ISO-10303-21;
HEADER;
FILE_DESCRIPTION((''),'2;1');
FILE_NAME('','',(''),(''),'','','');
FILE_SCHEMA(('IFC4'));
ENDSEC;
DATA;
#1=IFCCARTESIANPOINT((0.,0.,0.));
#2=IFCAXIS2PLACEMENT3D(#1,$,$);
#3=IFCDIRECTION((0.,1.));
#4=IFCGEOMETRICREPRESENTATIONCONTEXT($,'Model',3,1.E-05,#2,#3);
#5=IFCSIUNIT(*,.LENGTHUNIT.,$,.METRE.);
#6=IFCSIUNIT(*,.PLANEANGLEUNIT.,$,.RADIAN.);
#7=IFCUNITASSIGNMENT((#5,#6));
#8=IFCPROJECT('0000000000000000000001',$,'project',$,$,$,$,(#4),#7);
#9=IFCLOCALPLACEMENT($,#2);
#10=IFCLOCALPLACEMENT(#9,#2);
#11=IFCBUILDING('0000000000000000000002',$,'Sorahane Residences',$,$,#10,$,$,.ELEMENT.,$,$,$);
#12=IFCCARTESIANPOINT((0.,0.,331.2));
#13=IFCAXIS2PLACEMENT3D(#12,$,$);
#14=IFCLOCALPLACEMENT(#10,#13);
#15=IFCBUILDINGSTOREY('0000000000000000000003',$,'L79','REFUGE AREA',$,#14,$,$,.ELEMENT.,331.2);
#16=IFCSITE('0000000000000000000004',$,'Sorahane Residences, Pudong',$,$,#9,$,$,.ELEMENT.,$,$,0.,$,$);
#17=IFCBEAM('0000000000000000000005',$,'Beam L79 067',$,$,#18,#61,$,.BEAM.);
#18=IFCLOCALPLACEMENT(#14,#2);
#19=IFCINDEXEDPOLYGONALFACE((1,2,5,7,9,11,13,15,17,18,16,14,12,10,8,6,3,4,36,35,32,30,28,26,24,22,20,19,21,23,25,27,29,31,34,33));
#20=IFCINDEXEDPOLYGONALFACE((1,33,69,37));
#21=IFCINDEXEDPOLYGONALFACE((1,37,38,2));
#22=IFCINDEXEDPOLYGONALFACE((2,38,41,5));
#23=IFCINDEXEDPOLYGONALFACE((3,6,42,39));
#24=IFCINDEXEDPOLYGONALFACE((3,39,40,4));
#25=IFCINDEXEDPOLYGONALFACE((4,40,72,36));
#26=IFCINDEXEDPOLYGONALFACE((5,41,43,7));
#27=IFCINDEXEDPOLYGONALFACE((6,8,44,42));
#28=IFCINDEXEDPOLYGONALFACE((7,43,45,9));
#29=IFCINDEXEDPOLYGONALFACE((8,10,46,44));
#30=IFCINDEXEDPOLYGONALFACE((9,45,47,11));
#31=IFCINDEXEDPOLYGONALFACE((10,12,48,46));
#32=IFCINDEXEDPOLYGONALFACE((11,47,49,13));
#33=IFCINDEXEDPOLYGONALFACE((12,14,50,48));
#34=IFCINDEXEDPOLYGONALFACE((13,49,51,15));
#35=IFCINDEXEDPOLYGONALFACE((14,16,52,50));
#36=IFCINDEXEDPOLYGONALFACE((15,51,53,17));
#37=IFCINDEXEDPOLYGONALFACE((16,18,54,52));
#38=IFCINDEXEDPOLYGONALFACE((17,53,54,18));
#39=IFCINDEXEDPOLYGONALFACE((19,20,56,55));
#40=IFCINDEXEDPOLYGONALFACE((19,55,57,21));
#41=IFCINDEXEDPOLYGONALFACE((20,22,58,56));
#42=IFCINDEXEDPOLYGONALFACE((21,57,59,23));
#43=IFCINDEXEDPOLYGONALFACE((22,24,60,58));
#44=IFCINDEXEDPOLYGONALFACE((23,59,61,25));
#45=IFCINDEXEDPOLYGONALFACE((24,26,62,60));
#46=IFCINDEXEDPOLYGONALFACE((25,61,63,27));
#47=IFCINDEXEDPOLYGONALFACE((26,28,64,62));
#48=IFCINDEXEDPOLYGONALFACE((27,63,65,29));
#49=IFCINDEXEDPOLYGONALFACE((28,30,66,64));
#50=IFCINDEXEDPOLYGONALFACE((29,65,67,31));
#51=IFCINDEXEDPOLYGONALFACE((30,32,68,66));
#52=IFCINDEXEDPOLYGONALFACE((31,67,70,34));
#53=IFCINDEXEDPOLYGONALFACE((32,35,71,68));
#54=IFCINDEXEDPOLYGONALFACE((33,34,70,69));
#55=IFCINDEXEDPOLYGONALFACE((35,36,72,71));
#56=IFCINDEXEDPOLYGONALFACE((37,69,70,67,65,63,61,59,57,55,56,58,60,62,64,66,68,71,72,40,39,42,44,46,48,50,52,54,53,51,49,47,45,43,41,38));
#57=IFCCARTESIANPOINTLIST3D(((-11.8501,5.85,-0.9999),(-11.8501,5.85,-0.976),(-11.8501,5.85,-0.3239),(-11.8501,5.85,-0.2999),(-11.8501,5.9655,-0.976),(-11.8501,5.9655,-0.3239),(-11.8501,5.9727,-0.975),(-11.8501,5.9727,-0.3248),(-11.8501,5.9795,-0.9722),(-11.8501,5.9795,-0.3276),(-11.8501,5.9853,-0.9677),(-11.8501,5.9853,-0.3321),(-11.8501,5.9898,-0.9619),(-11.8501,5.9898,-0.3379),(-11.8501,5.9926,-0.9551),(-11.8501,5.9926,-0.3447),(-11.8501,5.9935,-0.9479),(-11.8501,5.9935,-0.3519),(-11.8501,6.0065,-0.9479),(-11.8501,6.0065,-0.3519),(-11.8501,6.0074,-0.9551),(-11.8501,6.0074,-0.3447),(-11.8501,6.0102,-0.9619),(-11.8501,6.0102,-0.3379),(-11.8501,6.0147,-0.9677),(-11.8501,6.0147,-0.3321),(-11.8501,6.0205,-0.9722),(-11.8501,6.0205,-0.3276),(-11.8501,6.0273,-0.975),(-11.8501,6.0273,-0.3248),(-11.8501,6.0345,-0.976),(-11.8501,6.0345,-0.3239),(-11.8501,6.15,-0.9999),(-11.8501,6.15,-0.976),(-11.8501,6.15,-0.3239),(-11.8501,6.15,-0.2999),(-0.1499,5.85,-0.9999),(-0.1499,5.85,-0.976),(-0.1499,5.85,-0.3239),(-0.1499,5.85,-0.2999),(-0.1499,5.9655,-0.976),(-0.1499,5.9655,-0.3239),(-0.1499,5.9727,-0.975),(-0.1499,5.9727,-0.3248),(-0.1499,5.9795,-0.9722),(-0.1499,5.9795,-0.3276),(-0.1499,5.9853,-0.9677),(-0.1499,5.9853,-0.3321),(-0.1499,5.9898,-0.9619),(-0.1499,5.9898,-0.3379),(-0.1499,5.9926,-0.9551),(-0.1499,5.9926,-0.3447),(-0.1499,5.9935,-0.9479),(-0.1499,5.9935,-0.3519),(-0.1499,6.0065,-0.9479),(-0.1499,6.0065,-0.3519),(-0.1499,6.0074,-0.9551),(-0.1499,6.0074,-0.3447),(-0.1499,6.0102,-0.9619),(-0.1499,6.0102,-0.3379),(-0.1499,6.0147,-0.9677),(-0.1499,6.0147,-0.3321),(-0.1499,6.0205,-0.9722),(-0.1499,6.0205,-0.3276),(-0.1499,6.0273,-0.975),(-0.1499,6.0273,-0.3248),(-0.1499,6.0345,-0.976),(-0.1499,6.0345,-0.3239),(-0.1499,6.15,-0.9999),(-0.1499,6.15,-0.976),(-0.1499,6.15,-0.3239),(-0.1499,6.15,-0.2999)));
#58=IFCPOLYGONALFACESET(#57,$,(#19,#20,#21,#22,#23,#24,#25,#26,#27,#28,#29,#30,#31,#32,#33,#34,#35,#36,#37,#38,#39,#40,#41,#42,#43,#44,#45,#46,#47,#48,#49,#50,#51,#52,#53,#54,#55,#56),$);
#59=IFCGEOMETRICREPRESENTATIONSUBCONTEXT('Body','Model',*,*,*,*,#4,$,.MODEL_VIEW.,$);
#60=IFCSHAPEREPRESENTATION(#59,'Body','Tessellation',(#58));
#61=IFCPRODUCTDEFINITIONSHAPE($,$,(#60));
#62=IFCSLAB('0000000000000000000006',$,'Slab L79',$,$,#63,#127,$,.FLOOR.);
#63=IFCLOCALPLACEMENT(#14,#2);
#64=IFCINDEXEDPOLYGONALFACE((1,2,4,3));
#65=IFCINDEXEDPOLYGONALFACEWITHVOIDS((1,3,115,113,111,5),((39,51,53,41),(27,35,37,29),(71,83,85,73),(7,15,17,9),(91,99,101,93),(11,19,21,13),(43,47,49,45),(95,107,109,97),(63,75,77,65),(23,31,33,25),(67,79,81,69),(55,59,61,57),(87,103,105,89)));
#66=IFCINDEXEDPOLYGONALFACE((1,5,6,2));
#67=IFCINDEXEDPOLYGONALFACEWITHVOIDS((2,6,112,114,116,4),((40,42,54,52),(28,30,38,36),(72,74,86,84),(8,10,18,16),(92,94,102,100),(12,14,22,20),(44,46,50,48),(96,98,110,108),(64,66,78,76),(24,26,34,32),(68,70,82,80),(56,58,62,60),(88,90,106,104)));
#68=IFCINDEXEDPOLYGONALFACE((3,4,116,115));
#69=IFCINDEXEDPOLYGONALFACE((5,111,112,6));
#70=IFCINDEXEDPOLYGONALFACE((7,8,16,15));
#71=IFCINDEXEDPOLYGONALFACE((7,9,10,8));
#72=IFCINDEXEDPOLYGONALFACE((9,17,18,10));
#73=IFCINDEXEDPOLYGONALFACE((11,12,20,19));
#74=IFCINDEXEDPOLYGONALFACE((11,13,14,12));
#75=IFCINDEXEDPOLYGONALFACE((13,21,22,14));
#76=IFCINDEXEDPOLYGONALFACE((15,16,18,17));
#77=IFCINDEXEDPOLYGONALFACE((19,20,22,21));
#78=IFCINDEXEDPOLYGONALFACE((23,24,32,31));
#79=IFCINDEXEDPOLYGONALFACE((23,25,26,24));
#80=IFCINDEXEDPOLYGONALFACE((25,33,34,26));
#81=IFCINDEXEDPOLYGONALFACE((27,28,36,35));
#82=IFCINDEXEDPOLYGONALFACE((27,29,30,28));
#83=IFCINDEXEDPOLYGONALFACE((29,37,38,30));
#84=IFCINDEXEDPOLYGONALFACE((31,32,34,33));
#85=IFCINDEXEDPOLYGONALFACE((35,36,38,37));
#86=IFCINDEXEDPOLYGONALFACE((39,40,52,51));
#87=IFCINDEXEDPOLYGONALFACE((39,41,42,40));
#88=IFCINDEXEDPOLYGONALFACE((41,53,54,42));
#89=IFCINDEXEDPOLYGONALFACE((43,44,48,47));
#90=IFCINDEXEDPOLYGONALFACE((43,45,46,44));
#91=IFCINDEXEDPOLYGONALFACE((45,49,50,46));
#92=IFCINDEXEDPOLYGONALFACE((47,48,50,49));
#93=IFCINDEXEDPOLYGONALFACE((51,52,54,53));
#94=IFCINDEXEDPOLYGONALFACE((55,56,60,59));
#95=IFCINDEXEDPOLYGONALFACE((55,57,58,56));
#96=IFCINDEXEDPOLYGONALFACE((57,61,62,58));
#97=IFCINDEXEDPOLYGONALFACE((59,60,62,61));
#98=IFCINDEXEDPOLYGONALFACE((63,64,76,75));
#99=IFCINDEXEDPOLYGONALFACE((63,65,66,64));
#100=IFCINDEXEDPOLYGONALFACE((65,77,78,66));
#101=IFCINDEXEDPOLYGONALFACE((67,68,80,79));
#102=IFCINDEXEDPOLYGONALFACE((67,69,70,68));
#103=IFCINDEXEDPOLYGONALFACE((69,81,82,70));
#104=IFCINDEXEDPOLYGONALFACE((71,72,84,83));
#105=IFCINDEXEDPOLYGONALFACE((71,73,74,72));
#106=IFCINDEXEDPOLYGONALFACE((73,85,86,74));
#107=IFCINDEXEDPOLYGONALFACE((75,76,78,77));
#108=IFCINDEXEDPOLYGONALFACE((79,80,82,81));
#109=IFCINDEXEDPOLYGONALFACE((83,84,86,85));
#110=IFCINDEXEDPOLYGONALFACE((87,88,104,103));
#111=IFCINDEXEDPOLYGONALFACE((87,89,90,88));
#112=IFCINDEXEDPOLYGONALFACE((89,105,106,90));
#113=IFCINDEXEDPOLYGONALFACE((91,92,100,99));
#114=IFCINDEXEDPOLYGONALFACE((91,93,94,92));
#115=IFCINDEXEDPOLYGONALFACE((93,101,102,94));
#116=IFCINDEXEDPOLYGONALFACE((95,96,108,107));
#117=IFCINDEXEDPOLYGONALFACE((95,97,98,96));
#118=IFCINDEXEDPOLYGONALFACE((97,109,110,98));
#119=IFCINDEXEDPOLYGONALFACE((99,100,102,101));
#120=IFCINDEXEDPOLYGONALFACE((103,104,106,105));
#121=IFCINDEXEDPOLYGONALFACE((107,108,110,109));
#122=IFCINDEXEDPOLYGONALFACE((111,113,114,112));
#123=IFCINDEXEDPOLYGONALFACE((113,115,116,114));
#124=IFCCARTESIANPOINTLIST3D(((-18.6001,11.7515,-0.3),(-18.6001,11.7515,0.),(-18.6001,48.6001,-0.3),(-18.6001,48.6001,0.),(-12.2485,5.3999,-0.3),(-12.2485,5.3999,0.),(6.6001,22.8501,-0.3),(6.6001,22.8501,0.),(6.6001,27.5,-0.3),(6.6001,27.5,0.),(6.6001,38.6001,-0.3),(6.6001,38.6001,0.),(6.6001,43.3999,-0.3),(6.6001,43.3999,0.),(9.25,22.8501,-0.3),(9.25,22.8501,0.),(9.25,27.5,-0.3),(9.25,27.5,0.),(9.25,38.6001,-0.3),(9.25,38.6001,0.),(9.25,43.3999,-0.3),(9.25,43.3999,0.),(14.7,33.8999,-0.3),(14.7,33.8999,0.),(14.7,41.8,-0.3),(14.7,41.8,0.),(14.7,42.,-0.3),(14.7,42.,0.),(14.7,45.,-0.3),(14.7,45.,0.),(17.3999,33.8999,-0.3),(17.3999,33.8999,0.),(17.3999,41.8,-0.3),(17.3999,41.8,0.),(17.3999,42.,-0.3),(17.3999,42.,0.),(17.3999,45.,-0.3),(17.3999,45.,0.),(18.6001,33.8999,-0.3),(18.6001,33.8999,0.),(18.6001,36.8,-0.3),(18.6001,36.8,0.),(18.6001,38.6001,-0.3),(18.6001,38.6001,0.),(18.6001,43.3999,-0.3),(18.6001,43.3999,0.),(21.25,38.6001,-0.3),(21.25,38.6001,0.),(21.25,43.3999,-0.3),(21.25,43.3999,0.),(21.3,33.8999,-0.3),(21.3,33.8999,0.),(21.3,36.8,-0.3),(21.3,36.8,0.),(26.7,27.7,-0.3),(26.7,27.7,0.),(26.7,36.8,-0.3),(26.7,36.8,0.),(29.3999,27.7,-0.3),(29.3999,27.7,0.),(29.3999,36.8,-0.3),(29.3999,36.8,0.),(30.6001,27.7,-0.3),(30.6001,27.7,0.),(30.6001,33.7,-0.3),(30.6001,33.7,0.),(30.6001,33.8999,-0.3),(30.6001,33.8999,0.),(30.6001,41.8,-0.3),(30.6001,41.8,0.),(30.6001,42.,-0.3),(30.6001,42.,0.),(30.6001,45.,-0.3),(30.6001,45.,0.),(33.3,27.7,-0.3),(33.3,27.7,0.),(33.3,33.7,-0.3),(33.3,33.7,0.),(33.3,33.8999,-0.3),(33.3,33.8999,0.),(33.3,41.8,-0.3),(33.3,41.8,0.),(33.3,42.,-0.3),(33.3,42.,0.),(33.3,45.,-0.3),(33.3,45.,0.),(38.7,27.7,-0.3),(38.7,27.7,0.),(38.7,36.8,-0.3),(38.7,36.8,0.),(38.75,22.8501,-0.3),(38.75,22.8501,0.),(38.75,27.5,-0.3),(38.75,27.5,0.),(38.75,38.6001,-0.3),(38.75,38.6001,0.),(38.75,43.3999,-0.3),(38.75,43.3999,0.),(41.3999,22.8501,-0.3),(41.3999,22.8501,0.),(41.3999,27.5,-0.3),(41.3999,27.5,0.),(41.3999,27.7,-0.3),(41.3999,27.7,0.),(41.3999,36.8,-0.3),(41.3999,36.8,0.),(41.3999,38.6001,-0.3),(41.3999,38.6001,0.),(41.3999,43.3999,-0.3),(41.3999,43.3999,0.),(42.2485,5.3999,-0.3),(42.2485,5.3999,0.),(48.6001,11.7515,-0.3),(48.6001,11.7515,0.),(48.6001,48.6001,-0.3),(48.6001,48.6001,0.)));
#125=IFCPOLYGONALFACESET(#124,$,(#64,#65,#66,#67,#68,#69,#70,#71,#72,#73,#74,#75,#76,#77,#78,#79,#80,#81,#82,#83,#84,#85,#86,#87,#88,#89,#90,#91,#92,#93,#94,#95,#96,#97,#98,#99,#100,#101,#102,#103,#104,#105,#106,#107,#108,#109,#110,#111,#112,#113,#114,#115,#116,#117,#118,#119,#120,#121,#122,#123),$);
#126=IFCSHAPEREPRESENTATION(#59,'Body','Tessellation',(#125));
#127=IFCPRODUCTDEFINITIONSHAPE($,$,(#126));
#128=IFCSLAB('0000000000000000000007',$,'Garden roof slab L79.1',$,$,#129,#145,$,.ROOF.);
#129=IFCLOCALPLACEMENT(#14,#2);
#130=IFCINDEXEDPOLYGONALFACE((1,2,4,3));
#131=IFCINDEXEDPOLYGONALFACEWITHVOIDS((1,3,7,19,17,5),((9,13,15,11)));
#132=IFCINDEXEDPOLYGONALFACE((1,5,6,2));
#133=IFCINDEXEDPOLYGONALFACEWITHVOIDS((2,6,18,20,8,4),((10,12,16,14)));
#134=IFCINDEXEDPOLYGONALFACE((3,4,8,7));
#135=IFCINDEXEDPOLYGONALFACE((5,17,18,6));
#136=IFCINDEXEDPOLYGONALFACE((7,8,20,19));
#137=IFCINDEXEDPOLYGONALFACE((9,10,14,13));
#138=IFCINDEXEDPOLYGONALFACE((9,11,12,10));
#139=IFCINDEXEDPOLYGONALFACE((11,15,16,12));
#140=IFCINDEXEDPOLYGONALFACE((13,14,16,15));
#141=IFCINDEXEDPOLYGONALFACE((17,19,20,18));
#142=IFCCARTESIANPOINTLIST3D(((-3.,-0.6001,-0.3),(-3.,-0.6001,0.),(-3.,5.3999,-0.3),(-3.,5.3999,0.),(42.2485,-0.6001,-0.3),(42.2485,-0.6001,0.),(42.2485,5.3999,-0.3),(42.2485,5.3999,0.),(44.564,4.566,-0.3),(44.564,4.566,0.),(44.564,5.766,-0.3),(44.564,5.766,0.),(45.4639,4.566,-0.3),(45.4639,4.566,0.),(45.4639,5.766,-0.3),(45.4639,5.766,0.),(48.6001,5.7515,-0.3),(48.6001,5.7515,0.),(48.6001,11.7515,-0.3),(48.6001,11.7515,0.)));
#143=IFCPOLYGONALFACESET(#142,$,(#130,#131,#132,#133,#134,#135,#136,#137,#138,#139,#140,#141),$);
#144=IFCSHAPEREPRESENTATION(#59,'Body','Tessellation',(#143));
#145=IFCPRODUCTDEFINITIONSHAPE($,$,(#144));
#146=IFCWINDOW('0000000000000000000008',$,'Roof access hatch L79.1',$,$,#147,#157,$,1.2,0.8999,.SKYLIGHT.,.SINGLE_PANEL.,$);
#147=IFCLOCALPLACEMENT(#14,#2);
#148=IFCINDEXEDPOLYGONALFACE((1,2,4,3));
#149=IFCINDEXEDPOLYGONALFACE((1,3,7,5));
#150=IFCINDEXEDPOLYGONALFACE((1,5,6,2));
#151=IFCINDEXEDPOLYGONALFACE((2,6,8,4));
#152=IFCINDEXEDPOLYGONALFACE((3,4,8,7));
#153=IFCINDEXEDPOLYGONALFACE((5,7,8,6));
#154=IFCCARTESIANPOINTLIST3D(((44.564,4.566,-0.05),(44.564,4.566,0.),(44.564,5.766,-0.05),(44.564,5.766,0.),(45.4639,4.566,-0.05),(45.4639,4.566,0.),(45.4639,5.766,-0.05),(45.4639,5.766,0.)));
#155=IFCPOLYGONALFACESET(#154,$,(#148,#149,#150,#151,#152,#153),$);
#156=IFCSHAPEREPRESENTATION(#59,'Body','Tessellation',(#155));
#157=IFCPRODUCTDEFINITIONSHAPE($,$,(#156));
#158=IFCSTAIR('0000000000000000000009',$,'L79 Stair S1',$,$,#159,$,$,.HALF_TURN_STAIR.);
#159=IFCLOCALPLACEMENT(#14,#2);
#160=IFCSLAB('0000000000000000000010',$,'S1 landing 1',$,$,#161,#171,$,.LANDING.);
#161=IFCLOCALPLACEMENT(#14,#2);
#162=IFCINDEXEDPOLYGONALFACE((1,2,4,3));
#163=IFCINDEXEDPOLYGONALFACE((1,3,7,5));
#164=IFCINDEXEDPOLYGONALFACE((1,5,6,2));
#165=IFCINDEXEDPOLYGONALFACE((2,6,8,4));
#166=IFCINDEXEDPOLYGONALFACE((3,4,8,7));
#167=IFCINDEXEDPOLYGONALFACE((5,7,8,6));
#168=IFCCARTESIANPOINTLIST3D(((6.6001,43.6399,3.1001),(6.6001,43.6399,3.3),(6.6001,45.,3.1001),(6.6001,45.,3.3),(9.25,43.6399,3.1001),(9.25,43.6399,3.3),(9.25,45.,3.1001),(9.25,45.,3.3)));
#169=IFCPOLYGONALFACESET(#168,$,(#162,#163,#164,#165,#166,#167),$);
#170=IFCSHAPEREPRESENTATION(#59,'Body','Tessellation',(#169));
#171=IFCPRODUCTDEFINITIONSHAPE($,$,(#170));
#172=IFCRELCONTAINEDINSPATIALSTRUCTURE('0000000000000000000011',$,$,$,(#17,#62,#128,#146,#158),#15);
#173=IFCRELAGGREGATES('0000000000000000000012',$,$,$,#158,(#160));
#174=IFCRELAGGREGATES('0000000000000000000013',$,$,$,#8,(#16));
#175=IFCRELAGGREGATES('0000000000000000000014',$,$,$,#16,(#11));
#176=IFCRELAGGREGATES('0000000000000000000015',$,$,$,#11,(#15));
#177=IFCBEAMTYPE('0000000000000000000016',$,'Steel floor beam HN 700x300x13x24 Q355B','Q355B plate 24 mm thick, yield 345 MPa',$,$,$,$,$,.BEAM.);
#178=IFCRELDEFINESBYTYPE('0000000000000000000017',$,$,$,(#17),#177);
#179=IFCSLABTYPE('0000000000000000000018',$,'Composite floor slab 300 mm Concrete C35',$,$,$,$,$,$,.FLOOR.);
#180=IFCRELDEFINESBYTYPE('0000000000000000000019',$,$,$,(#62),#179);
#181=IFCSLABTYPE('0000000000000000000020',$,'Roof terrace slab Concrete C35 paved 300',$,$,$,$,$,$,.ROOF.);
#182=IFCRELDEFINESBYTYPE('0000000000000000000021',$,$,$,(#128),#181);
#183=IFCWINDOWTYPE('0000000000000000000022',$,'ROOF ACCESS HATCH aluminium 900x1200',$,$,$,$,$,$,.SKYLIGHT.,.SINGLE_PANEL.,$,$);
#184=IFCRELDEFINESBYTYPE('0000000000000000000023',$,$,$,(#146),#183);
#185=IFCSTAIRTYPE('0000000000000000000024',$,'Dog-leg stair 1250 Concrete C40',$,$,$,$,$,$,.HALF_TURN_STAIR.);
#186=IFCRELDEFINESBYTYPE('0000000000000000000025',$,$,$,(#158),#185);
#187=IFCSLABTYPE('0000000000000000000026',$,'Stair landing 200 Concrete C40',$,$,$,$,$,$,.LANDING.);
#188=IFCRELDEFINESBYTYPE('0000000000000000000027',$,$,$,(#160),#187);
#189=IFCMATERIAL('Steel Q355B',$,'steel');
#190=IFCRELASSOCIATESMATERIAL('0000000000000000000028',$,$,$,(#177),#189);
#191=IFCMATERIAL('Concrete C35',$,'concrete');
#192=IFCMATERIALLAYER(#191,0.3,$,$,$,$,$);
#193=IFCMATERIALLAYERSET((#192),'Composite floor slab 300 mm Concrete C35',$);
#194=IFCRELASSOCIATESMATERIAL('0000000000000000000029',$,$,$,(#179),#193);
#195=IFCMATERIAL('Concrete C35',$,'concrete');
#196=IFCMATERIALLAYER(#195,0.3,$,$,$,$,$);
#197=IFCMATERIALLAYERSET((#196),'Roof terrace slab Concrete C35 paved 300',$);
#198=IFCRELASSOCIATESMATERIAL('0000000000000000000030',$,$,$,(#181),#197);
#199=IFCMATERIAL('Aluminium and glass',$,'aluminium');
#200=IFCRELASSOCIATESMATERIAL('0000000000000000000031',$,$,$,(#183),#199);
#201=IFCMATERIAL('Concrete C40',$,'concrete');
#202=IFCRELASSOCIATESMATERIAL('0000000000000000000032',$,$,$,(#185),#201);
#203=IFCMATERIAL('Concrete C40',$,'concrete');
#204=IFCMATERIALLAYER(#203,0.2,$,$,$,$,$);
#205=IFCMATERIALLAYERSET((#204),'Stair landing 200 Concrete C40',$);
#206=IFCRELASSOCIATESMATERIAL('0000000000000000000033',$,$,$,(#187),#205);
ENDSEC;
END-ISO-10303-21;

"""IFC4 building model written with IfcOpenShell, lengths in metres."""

from ifc_helpers import new_model, si_unit, direction, frame, origin, origin_2d, place, context, subcontext, project, spatial, polyline, rectangle, i_section, outline, extrude, material, layer, layer_set, material_profile, profile_set, type_object, element, fill, aggregate, save


model = new_model("IFC4")

# Units and contexts
model_context = context("Model", 3, precision=1e-05, world=origin(), true_north=direction((0.0, 1.0)))
body_context = subcontext(model_context, "Body", "Model", "MODEL_VIEW")
ifc_project = project(units=[si_unit("LENGTHUNIT", "METRE"), si_unit("PLANEANGLEUNIT", "RADIAN")], contexts=[model_context])

# Site, building, storey
site_placement = place(None, origin())
site = spatial("IfcSite", under=ifc_project, at=site_placement, Name="Sorahane Residences, Pudong", CompositionType="ELEMENT", RefElevation=0.0)
building_placement = place(site_placement, origin())
building = spatial("IfcBuilding", under=site, at=building_placement, Name="Sorahane Residences", CompositionType="ELEMENT")
storey_placement = place(building_placement, frame((0.0, 0.0, 331.2)))
storey = spatial("IfcBuildingStorey", under=building, at=storey_placement, Name="L79", Description="REFUGE AREA", CompositionType="ELEMENT", Elevation=331.2)

# Beam
ifc_material_1 = material(Name="Steel Q355B", Category="steel")
ifc_material_profile_1 = material_profile(ifc_material_1, i_section(OverallWidth=0.3, OverallDepth=0.7, WebThickness=0.0129, FlangeThickness=0.0239, FilletRadius=0.0281, at=origin_2d()), Name="HN 700x300x13x24")
ifc_profile_set_1 = profile_set([ifc_material_profile_1], Name="Steel Q355B")
beam_type_1 = type_object("IfcBeamType", Name="Steel floor beam HN 700x300x13x24 Q355B", Description="Q355B plate 24 mm thick, yield 345 MPa", PredefinedType="BEAM", material=ifc_profile_set_1)
beam_1_placement = place(storey_placement, frame((-11.8501, 6.0, -0.6499), z_axis=(1.0, 0.0, 0.0), x_axis=(0.0, 1.0, 0.0)))
element("IfcBeam", 1, at=beam_1_placement, inside=storey, type_object=beam_type_1, Name="Beam L79 067", PredefinedType="BEAM", context=body_context, shape_type="SweptSolid", body=[
    extrude(i_section(OverallWidth=0.3, OverallDepth=0.7, WebThickness=0.0129, FlangeThickness=0.0239, FilletRadius=0.0281, at=origin_2d()), origin(), (0.0, 0.0, 1.0), 11.7002),
])

# Slab
ifc_material_2 = material(Name="Concrete C35", Category="concrete")
ifc_layer_1 = layer(ifc_material_2, 0.3)
ifc_layer_set_1 = layer_set([ifc_layer_1], Name="Composite floor slab 300 mm Concrete C35")
slab_type_1 = type_object("IfcSlabType", Name="Composite floor slab 300 mm Concrete C35", PredefinedType="FLOOR", material=ifc_layer_set_1)
slab_1_placement = place(storey_placement, frame((0.0, 0.0, -0.3)))
element("IfcSlab", 2, at=slab_1_placement, inside=storey, type_object=slab_type_1, Name="Slab L79", PredefinedType="FLOOR", context=body_context, shape_type="SweptSolid", body=[
    extrude(outline(polyline([(-12.2485, 5.3999), (-18.6001, 11.7515), (-18.6001, 48.6001), (48.6001, 48.6001), (48.6001, 11.7515), (42.2485, 5.3999), (-12.2485, 5.3999)]), holes=[polyline([(38.7, 27.7), (41.3999, 27.7), (41.3999, 36.8), (38.7, 36.8), (38.7, 27.7)]), polyline([(30.6001, 27.7), (33.3, 27.7), (33.3, 33.7), (30.6001, 33.7), (30.6001, 27.7)]), polyline([(30.6001, 42.0), (33.3, 42.0), (33.3, 45.0), (30.6001, 45.0), (30.6001, 42.0)]), polyline([(14.7, 42.0), (17.3999, 42.0), (17.3999, 45.0), (14.7, 45.0), (14.7, 42.0)]), polyline([(6.6001, 43.3999), (9.25, 43.3999), (9.25, 38.6001), (6.6001, 38.6001), (6.6001, 43.3999)]), polyline([(38.75, 43.3999), (41.3999, 43.3999), (41.3999, 38.6001), (38.75, 38.6001), (38.75, 43.3999)]), polyline([(18.6001, 43.3999), (21.25, 43.3999), (21.25, 38.6001), (18.6001, 38.6001), (18.6001, 43.3999)]), polyline([(6.6001, 27.5), (9.25, 27.5), (9.25, 22.8501), (6.6001, 22.8501), (6.6001, 27.5)]), polyline([(38.75, 27.5), (41.3999, 27.5), (41.3999, 22.8501), (38.75, 22.8501), (38.75, 27.5)]), polyline([(14.7, 33.8999), (17.3999, 33.8999), (17.3999, 41.8), (14.7, 41.8), (14.7, 33.8999)]), polyline([(30.6001, 33.8999), (33.3, 33.8999), (33.3, 41.8), (30.6001, 41.8), (30.6001, 33.8999)]), polyline([(18.6001, 33.8999), (21.3, 33.8999), (21.3, 36.8), (18.6001, 36.8), (18.6001, 33.8999)]), polyline([(26.7, 27.7), (29.3999, 27.7), (29.3999, 36.8), (26.7, 36.8), (26.7, 27.7)])]), origin(), (0.0, 0.0, 1.0), 0.3),
])

# Slab, opening, window
ifc_material_3 = material(Name="Concrete C35", Category="concrete")
ifc_layer_2 = layer(ifc_material_3, 0.3)
ifc_layer_set_2 = layer_set([ifc_layer_2], Name="Roof terrace slab Concrete C35 paved 300")
slab_type_2 = type_object("IfcSlabType", Name="Roof terrace slab Concrete C35 paved 300", PredefinedType="ROOF", material=ifc_layer_set_2)
slab_2_placement = place(storey_placement, frame((0.0, 0.0, -0.3)))
slab_2 = element("IfcSlab", 3, at=slab_2_placement, inside=storey, type_object=slab_type_2, Name="Garden roof slab L79.1", PredefinedType="ROOF", context=body_context, shape_type="SweptSolid", body=[
    extrude(outline(polyline([(42.2485, 5.3999), (48.6001, 11.7515), (48.6001, 5.7515), (42.2485, -0.6001), (-3.0, -0.6001), (-3.0, 5.3999), (42.2485, 5.3999)])), origin(), (0.0, 0.0, 1.0), 0.3),
])
opening_1_placement = place(slab_2_placement, frame((45.0139, 5.166, 0.0)))
opening_1 = element("IfcOpeningElement", 4, at=opening_1_placement, cuts=slab_2, PredefinedType="OPENING", context=body_context, shape_type="SweptSolid", body=[
    extrude(rectangle(XDim=0.8999, YDim=1.2, at=origin_2d()), frame((0.0, 0.0, -0.01)), (0.0, 0.0, 1.0), 0.3201),
])
ifc_material_4 = material(Name="Aluminium and glass", Category="aluminium")
window_type_1 = type_object("IfcWindowType", Name="ROOF ACCESS HATCH aluminium 900x1200", PartitioningType="SINGLE_PANEL", PredefinedType="SKYLIGHT", material=ifc_material_4)
window_1_placement = place(opening_1_placement, frame((0.0, 0.0, 0.25)))
window_1 = element("IfcWindow", 5, at=window_1_placement, inside=storey, type_object=window_type_1, Name="Roof access hatch L79.1", OverallHeight=1.2, OverallWidth=0.8999, PartitioningType="SINGLE_PANEL", PredefinedType="SKYLIGHT", context=body_context, shape_type="SweptSolid", body=[
    extrude(rectangle(XDim=0.8999, YDim=1.2, at=origin_2d()), origin(), (0.0, 0.0, 1.0), 0.05),
])
fill(opening_1, window_1)

# Stair, slab
ifc_material_5 = material(Name="Concrete C40", Category="concrete")
stair_type = type_object("IfcStairType", Name="Dog-leg stair 1250 Concrete C40", PredefinedType="HALF_TURN_STAIR", material=ifc_material_5)
stair_1_placement = place(storey_placement, origin())
stair_1 = element("IfcStair", 6, at=stair_1_placement, inside=storey, type_object=stair_type, Name="L79 Stair S1", PredefinedType="HALF_TURN_STAIR")
ifc_material_6 = material(Name="Concrete C40", Category="concrete")
ifc_layer_3 = layer(ifc_material_6, 0.2)
ifc_layer_set_3 = layer_set([ifc_layer_3], Name="Stair landing 200 Concrete C40")
slab_type_3 = type_object("IfcSlabType", Name="Stair landing 200 Concrete C40", PredefinedType="LANDING", material=ifc_layer_set_3)
slab_3_placement = place(storey_placement, frame((0.0, 0.0, 3.1001)))
slab_3 = element("IfcSlab", 7, at=slab_3_placement, type_object=slab_type_3, Name="S1 landing 1", PredefinedType="LANDING", context=body_context, shape_type="SweptSolid", body=[
    extrude(outline(polyline([(9.25, 43.6399), (9.25, 45.0), (6.6001, 45.0), (6.6001, 43.6399), (9.25, 43.6399)])), origin(), (0.0, 0.0, 1.0), 0.2),
])
aggregate(stair_1, [slab_3])

save(model, "model.ifc")
